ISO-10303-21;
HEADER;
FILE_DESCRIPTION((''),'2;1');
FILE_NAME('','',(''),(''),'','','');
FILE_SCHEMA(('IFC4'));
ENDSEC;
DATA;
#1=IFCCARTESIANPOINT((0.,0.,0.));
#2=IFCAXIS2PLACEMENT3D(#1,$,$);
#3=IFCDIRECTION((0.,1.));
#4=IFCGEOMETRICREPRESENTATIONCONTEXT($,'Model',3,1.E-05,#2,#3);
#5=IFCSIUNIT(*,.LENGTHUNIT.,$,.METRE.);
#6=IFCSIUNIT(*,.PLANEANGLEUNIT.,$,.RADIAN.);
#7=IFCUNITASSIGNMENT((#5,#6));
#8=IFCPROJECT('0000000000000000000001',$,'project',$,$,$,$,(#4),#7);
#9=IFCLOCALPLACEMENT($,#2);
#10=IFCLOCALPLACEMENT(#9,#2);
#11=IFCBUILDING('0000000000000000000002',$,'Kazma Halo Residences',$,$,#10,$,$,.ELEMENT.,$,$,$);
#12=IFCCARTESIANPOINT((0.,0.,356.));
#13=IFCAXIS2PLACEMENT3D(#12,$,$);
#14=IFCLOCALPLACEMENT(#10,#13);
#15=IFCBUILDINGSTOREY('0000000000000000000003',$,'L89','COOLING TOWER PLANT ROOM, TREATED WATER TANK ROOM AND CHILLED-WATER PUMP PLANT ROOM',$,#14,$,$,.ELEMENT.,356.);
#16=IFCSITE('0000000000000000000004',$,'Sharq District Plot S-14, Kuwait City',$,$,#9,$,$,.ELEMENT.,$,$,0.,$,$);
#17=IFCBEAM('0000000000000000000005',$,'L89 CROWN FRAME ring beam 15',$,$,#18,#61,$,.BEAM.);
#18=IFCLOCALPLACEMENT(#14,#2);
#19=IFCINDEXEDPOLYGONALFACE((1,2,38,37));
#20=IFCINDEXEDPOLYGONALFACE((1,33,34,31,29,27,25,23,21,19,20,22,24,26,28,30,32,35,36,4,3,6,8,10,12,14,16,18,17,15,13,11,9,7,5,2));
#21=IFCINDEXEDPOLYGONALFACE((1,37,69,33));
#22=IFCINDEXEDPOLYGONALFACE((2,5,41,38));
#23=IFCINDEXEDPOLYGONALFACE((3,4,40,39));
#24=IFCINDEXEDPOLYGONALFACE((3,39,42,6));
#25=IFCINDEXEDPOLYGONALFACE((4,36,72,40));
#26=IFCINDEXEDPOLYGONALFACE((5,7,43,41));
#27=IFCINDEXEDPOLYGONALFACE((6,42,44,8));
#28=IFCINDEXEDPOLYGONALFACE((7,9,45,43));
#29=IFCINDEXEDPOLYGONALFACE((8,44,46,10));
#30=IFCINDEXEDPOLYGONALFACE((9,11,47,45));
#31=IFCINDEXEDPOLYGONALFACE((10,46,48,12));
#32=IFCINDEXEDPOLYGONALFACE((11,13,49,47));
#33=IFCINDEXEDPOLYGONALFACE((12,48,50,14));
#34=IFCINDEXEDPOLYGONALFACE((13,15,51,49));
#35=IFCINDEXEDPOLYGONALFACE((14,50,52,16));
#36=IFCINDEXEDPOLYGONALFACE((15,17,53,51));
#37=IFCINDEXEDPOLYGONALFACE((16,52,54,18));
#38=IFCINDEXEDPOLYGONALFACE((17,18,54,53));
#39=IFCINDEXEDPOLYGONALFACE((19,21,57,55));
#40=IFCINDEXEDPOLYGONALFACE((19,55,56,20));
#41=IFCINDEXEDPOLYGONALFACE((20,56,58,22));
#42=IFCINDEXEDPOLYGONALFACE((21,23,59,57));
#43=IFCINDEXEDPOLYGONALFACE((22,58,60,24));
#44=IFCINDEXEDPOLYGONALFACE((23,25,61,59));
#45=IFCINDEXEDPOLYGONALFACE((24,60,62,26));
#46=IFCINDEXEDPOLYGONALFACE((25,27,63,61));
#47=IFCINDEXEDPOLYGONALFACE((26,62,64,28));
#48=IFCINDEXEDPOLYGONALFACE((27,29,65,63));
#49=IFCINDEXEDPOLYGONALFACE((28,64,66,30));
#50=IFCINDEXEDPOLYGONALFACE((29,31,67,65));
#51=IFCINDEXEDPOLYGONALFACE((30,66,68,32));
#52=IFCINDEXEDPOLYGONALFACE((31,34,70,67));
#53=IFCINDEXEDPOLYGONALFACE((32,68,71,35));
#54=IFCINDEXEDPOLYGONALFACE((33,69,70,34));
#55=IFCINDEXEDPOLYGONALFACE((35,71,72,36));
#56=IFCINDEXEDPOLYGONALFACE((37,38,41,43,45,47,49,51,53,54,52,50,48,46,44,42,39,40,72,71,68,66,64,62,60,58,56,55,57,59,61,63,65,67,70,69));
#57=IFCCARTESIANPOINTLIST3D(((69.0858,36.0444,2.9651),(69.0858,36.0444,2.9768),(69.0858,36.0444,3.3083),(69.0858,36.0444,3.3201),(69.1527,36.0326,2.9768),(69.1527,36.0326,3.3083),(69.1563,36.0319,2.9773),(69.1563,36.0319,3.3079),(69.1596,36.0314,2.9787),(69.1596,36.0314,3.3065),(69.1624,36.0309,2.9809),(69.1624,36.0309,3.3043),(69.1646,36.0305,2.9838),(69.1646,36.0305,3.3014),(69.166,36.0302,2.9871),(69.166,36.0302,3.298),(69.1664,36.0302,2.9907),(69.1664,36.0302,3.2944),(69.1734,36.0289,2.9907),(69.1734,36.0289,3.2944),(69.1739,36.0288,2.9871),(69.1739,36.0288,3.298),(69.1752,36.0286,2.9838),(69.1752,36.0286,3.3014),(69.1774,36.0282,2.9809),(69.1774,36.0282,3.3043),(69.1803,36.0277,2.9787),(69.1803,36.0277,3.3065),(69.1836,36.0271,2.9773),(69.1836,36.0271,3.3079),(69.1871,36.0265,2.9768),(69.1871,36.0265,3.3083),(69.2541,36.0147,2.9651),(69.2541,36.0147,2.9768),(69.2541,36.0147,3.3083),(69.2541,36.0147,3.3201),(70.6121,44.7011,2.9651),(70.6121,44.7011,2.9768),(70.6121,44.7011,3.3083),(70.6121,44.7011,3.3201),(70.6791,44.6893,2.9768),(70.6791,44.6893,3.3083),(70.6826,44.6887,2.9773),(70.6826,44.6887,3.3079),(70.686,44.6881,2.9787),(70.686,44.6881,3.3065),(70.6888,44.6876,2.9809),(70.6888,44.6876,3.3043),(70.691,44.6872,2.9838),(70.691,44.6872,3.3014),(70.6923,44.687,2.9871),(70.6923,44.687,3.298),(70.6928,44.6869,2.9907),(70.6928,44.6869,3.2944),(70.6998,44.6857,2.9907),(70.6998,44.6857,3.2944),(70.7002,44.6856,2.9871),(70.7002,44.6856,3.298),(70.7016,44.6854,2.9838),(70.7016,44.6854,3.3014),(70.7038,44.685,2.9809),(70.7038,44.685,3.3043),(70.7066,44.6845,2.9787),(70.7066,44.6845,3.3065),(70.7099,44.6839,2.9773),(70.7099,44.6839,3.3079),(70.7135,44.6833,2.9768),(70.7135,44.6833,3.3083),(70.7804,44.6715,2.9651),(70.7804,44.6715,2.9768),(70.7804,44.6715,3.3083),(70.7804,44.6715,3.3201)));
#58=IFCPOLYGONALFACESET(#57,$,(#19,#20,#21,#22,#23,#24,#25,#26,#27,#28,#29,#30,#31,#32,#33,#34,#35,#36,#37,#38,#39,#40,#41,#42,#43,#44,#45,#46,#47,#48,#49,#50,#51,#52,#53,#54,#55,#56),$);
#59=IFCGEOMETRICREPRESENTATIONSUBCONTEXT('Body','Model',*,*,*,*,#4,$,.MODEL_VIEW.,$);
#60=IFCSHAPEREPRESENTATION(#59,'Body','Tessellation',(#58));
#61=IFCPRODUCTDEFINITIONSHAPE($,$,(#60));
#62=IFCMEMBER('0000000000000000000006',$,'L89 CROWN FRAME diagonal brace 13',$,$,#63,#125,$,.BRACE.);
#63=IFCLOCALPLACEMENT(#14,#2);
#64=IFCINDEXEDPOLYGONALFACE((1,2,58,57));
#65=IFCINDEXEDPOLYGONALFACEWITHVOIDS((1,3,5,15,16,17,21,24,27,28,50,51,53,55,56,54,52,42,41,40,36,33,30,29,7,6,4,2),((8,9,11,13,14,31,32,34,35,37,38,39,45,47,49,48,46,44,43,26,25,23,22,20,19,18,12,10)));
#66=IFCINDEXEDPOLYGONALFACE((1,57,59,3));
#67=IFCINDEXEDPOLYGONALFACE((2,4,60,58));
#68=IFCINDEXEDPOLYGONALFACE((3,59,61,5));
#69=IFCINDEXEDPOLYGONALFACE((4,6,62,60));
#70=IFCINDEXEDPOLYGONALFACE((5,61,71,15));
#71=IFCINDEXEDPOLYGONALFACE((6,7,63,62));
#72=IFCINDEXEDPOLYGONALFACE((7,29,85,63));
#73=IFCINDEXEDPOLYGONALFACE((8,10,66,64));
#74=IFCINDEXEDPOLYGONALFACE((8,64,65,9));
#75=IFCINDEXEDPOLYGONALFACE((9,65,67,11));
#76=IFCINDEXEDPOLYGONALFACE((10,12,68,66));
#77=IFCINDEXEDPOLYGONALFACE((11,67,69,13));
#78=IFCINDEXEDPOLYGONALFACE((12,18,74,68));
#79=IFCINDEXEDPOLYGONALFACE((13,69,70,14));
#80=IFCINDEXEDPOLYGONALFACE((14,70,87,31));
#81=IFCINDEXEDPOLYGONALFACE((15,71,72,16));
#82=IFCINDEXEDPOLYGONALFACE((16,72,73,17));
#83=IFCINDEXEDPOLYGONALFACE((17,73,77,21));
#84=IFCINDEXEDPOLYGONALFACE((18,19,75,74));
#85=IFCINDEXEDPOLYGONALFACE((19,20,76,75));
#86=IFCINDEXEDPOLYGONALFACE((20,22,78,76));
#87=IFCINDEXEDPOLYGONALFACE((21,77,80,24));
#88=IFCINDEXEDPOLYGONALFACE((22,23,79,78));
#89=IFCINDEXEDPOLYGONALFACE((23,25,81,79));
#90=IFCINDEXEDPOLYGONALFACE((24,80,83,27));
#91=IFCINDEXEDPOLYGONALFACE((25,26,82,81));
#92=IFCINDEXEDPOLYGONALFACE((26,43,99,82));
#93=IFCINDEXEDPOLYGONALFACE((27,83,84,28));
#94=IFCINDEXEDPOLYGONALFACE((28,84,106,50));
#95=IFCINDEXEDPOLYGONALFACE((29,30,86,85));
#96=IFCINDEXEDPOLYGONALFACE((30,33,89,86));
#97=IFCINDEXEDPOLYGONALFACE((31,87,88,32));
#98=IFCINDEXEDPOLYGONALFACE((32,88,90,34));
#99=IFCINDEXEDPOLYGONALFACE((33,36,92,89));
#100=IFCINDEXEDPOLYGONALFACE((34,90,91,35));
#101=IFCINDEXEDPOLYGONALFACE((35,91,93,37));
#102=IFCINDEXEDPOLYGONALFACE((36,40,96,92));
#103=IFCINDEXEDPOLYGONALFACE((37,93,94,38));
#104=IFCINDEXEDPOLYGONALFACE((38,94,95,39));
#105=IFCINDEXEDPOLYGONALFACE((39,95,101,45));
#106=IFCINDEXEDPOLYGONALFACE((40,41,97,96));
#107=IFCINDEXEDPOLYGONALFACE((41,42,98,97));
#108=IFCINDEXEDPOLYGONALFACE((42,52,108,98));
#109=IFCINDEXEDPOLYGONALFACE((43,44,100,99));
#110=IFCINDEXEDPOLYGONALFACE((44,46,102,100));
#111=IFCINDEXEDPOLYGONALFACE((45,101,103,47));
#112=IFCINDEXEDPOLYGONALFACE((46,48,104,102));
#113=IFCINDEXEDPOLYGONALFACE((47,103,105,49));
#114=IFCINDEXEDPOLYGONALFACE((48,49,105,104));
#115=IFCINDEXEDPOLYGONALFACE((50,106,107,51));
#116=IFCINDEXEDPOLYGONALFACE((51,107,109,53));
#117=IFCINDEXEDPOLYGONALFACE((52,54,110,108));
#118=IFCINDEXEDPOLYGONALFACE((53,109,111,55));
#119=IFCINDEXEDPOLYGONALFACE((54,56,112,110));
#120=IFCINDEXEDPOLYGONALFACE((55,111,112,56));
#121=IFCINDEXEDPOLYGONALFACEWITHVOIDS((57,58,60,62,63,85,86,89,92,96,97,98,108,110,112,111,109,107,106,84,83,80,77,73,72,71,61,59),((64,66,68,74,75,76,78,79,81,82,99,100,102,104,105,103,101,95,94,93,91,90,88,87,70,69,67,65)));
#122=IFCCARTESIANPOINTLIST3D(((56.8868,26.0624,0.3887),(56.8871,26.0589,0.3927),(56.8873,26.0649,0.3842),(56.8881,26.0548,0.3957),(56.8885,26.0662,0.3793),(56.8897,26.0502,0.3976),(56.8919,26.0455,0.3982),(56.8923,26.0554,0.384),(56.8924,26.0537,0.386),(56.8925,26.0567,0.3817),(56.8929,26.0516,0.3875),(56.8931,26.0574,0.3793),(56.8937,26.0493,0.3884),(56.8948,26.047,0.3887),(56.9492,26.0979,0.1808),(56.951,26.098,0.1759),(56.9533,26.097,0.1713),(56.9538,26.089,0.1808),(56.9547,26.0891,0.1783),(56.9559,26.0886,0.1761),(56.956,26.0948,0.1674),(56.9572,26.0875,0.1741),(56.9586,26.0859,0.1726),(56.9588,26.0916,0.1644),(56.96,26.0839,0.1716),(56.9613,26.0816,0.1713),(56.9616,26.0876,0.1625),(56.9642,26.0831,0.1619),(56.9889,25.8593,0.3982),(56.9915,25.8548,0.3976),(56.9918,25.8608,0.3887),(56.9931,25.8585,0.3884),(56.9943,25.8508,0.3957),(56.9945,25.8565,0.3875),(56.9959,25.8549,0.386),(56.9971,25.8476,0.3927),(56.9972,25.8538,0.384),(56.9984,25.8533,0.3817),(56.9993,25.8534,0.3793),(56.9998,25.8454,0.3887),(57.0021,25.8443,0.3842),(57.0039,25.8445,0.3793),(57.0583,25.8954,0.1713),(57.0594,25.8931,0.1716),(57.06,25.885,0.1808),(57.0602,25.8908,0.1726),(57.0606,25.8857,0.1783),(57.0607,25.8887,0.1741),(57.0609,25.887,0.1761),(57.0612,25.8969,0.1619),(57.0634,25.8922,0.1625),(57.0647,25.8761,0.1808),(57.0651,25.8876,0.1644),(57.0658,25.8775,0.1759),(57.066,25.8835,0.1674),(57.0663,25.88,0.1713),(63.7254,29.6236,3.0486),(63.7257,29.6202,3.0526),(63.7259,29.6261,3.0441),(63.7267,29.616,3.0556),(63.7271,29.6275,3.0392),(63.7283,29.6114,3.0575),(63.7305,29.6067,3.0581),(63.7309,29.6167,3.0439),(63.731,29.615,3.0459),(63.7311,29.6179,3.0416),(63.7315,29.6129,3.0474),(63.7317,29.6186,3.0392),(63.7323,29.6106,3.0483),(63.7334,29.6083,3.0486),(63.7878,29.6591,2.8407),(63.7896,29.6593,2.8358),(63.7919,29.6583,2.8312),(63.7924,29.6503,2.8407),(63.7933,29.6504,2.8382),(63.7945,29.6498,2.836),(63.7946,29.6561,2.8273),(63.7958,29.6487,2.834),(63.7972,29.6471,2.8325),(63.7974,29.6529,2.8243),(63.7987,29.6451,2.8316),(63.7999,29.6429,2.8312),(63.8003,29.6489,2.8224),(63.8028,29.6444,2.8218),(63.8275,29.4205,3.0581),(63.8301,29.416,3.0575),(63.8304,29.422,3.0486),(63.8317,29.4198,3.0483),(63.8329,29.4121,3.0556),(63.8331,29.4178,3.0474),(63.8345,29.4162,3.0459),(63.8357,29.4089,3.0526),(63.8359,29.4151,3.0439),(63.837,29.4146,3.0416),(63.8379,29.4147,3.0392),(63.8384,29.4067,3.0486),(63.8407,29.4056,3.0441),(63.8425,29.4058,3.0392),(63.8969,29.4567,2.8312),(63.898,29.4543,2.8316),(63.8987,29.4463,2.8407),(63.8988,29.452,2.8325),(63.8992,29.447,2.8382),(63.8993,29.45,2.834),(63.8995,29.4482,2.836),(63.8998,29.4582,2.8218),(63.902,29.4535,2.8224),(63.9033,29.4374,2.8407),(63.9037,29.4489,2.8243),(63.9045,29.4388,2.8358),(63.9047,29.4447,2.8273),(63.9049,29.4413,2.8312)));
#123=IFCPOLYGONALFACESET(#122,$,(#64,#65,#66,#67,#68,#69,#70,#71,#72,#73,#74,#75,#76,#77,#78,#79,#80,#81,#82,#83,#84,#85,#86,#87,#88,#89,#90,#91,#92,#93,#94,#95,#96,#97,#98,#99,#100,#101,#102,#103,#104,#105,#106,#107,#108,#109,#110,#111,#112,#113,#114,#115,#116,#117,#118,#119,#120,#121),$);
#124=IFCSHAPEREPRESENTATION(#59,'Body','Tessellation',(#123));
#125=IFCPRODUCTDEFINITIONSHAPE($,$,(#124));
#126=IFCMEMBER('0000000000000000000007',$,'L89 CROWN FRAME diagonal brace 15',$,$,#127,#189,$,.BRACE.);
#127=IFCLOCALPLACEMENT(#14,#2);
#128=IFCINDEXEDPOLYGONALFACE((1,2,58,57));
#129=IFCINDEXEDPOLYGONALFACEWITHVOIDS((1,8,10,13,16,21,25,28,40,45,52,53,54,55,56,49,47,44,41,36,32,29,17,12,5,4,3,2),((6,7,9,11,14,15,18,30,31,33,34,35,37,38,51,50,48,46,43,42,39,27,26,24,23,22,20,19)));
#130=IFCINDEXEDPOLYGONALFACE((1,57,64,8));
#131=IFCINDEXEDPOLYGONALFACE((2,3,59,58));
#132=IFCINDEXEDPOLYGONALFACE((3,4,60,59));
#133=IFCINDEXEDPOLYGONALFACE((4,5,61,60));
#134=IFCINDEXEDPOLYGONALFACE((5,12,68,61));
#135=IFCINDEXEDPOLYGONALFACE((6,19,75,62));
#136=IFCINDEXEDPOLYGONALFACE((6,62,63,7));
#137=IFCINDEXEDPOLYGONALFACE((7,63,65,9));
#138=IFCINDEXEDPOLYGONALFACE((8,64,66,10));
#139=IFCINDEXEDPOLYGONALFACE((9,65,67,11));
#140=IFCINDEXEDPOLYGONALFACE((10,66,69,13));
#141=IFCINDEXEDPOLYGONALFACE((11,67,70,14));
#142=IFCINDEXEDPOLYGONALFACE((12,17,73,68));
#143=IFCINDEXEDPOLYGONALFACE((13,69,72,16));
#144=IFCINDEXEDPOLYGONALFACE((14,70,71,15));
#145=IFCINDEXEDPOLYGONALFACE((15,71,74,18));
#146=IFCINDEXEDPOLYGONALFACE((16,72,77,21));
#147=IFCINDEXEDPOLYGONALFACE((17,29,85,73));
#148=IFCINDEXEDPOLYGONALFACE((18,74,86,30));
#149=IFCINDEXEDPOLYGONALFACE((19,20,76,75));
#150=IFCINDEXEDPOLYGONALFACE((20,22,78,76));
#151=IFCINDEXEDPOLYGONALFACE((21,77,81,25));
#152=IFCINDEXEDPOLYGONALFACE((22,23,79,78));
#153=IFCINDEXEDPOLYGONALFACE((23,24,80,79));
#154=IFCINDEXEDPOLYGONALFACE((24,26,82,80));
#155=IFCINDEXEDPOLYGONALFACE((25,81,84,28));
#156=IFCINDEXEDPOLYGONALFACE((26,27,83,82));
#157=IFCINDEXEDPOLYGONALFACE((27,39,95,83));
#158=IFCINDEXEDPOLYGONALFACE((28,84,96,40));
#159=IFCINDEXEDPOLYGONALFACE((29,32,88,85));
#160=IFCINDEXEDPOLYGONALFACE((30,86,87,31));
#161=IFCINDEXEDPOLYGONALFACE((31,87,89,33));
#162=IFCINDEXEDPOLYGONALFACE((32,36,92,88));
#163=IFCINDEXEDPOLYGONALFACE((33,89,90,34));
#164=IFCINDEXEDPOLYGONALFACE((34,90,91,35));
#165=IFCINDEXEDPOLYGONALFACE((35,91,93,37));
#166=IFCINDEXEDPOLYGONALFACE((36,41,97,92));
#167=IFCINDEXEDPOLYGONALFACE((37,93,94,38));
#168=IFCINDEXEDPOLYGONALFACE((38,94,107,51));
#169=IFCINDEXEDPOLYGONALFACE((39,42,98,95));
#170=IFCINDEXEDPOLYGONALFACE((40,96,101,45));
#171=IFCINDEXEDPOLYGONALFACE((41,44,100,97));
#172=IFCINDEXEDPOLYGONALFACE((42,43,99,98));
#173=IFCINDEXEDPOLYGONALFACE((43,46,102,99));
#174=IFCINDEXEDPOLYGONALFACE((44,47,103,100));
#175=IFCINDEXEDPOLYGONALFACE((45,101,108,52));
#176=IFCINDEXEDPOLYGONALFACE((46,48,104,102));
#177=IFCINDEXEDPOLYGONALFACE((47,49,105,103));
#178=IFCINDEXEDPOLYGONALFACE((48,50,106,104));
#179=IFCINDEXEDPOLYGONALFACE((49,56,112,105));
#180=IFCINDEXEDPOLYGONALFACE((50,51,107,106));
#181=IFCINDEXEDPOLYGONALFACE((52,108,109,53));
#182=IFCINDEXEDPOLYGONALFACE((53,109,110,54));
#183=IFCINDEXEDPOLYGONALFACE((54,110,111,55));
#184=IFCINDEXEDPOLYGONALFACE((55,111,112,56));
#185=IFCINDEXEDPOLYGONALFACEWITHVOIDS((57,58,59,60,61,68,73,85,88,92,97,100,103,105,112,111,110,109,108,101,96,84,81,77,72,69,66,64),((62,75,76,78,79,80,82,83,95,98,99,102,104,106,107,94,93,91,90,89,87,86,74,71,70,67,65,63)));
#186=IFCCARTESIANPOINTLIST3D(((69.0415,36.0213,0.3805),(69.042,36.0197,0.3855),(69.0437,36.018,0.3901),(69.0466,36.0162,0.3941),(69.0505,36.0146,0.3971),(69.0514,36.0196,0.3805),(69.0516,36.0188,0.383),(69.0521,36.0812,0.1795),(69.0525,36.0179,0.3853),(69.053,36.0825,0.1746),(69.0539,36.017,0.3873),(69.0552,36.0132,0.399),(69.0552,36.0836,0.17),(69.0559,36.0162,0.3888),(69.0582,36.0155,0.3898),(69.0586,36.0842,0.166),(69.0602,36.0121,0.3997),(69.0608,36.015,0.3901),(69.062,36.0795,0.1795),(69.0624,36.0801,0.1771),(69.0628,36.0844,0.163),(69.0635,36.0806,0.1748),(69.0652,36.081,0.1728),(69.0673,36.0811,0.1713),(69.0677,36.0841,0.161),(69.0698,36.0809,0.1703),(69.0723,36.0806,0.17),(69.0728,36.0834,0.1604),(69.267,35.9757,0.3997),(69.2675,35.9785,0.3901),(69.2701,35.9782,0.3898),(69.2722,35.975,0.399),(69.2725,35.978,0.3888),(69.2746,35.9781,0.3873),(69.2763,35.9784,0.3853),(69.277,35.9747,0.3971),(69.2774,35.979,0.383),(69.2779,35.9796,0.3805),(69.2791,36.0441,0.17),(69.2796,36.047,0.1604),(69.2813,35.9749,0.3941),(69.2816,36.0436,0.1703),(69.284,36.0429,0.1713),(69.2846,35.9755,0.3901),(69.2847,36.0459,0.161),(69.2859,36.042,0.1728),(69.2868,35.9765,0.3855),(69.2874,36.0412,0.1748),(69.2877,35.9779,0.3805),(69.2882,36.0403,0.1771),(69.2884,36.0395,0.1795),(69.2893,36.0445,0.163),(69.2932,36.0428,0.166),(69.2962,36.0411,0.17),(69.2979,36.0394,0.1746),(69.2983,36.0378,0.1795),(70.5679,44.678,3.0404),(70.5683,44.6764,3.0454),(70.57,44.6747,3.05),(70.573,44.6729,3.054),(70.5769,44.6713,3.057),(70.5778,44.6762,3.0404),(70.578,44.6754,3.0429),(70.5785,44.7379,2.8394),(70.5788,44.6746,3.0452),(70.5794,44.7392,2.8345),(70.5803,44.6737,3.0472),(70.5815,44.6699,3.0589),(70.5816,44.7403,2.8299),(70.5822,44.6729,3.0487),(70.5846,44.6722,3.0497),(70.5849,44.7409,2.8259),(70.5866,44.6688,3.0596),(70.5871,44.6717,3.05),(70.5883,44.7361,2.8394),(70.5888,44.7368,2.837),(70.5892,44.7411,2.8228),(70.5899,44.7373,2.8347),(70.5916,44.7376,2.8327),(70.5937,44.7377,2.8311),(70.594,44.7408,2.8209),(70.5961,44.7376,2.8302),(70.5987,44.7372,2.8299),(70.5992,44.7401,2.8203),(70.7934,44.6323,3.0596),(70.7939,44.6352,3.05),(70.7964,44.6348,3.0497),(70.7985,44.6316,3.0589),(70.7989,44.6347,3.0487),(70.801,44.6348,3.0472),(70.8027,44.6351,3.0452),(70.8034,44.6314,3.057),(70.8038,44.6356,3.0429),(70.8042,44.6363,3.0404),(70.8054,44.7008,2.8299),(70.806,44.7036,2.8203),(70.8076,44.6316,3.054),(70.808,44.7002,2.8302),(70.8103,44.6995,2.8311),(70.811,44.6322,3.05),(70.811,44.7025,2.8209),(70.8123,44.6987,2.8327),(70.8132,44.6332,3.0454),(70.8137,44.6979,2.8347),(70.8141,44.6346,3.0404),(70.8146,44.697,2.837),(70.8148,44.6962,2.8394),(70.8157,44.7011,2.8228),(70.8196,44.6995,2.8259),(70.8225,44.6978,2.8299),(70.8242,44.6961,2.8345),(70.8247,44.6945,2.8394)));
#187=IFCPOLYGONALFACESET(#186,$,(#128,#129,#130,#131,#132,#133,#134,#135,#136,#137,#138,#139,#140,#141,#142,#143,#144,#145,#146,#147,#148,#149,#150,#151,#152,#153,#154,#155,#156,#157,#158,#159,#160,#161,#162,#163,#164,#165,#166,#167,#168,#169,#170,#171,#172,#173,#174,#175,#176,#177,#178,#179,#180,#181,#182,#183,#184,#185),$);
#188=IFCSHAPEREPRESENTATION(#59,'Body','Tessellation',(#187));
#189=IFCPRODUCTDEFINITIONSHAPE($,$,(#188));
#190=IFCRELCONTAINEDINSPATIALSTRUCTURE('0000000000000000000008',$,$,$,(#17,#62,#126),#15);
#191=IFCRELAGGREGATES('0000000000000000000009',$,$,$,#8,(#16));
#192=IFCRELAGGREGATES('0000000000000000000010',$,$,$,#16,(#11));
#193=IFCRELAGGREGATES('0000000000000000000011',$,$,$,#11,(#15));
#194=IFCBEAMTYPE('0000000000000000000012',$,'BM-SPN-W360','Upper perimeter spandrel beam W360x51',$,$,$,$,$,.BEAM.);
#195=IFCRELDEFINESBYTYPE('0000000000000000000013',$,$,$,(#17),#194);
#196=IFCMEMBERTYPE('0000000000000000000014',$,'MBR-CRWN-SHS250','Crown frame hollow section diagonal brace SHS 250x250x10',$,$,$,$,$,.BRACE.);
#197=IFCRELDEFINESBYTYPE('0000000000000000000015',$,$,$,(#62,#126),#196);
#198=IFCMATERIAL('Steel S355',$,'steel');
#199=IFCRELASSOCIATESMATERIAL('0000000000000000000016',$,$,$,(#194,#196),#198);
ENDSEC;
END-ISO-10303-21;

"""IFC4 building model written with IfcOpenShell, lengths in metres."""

from ifc_helpers import new_model, si_unit, direction, frame, origin, origin_2d, place, context, subcontext, project, spatial, hollow_rectangle, i_section, extrude, material, material_profile, profile_set, type_object, element, save


model = new_model("IFC4")

# Units and contexts
model_context = context("Model", 3, precision=1e-05, world=origin(), true_north=direction((0.0, 1.0)))
body_context = subcontext(model_context, "Body", "Model", "MODEL_VIEW")
ifc_project = project(units=[si_unit("LENGTHUNIT", "METRE"), si_unit("PLANEANGLEUNIT", "RADIAN")], contexts=[model_context])

# Site, building, storey
site_placement = place(None, origin())
site = spatial("IfcSite", under=ifc_project, at=site_placement, Name="Sharq District Plot S-14, Kuwait City", CompositionType="ELEMENT", RefElevation=0.0)
building_placement = place(site_placement, origin())
building = spatial("IfcBuilding", under=site, at=building_placement, Name="Kazma Halo Residences", CompositionType="ELEMENT")
storey_placement = place(building_placement, frame((0.0, 0.0, 356.0)))
storey = spatial("IfcBuildingStorey", under=building, at=storey_placement, Name="L89", Description="COOLING TOWER PLANT ROOM, TREATED WATER TANK ROOM AND CHILLED-WATER PUMP PLANT ROOM", CompositionType="ELEMENT", Elevation=356.0)

# Shared definitions
ifc_material_1 = material(Name="Steel S355", Category="steel")

# Beam
ifc_material_profile_1 = material_profile(ifc_material_1, i_section(OverallWidth=0.1709, OverallDepth=0.355, WebThickness=0.0071, FlangeThickness=0.0117, FilletRadius=0.0139, at=origin_2d()), Name="W360x51")
ifc_profile_set_1 = profile_set([ifc_material_profile_1], Name="Steel S355")
beam_type_1 = type_object("IfcBeamType", Name="BM-SPN-W360", Description="Upper perimeter spandrel beam W360x51", PredefinedType="BEAM", material=ifc_profile_set_1)
beam_1_placement = place(storey_placement, frame((69.1699, 36.0295, 3.1426), z_axis=(0.173643, 0.984809, 0.0), x_axis=(-0.984809, 0.173643, 0.0)))
element("IfcBeam", 1, at=beam_1_placement, inside=storey, type_object=beam_type_1, Name="L89 CROWN FRAME ring beam 15", PredefinedType="BEAM", context=body_context, shape_type="SweptSolid", body=[
    extrude(i_section(OverallWidth=0.1709, OverallDepth=0.355, WebThickness=0.0071, FlangeThickness=0.0117, FilletRadius=0.0139, at=origin_2d()), origin(), (0.0, 0.0, 1.0), 8.7903),
])

# Members
ifc_material_profile_2 = material_profile(ifc_material_1, hollow_rectangle(XDim=0.25, YDim=0.25, WallThickness=0.01, InnerFilletRadius=0.01, OuterFilletRadius=0.02, at=origin_2d()), Name="SHS250x250x10")
ifc_profile_set_2 = profile_set([ifc_material_profile_2], Name="Steel S355")
member_type_1 = type_object("IfcMemberType", Name="MBR-CRWN-SHS250", Description="Crown frame hollow section diagonal brace SHS 250x250x10", PredefinedType="BRACE", material=ifc_profile_set_2)
member_1_placement = place(storey_placement, frame((56.9766, 25.9712, 0.28), z_axis=(0.838451, 0.436631, 0.326119), x_axis=(-0.461883, 0.886941, 0.0)))
element("IfcMember", 2, at=member_1_placement, inside=storey, type_object=member_type_1, Name="L89 CROWN FRAME diagonal brace 13", PredefinedType="BRACE", context=body_context, shape_type="SweptSolid", body=[
    extrude(hollow_rectangle(XDim=0.25, YDim=0.25, WallThickness=0.01, InnerFilletRadius=0.01, OuterFilletRadius=0.02, at=origin_2d()), origin(), (0.0, 0.0, 1.0), 8.1562),
])
member_2_placement = place(storey_placement, frame((69.1699, 36.0295, 0.28), z_axis=(0.1662, 0.942599, 0.289628), x_axis=(-0.984809, 0.173643, 0.0)))
element("IfcMember", 3, at=member_2_placement, inside=storey, type_object=member_type_1, Name="L89 CROWN FRAME diagonal brace 15", PredefinedType="BRACE", context=body_context, shape_type="SweptSolid", body=[
    extrude(hollow_rectangle(XDim=0.25, YDim=0.25, WallThickness=0.01, InnerFilletRadius=0.01, OuterFilletRadius=0.02, at=origin_2d()), origin(), (0.0, 0.0, 1.0), 9.1838),
])

save(model, "model.ifc")
